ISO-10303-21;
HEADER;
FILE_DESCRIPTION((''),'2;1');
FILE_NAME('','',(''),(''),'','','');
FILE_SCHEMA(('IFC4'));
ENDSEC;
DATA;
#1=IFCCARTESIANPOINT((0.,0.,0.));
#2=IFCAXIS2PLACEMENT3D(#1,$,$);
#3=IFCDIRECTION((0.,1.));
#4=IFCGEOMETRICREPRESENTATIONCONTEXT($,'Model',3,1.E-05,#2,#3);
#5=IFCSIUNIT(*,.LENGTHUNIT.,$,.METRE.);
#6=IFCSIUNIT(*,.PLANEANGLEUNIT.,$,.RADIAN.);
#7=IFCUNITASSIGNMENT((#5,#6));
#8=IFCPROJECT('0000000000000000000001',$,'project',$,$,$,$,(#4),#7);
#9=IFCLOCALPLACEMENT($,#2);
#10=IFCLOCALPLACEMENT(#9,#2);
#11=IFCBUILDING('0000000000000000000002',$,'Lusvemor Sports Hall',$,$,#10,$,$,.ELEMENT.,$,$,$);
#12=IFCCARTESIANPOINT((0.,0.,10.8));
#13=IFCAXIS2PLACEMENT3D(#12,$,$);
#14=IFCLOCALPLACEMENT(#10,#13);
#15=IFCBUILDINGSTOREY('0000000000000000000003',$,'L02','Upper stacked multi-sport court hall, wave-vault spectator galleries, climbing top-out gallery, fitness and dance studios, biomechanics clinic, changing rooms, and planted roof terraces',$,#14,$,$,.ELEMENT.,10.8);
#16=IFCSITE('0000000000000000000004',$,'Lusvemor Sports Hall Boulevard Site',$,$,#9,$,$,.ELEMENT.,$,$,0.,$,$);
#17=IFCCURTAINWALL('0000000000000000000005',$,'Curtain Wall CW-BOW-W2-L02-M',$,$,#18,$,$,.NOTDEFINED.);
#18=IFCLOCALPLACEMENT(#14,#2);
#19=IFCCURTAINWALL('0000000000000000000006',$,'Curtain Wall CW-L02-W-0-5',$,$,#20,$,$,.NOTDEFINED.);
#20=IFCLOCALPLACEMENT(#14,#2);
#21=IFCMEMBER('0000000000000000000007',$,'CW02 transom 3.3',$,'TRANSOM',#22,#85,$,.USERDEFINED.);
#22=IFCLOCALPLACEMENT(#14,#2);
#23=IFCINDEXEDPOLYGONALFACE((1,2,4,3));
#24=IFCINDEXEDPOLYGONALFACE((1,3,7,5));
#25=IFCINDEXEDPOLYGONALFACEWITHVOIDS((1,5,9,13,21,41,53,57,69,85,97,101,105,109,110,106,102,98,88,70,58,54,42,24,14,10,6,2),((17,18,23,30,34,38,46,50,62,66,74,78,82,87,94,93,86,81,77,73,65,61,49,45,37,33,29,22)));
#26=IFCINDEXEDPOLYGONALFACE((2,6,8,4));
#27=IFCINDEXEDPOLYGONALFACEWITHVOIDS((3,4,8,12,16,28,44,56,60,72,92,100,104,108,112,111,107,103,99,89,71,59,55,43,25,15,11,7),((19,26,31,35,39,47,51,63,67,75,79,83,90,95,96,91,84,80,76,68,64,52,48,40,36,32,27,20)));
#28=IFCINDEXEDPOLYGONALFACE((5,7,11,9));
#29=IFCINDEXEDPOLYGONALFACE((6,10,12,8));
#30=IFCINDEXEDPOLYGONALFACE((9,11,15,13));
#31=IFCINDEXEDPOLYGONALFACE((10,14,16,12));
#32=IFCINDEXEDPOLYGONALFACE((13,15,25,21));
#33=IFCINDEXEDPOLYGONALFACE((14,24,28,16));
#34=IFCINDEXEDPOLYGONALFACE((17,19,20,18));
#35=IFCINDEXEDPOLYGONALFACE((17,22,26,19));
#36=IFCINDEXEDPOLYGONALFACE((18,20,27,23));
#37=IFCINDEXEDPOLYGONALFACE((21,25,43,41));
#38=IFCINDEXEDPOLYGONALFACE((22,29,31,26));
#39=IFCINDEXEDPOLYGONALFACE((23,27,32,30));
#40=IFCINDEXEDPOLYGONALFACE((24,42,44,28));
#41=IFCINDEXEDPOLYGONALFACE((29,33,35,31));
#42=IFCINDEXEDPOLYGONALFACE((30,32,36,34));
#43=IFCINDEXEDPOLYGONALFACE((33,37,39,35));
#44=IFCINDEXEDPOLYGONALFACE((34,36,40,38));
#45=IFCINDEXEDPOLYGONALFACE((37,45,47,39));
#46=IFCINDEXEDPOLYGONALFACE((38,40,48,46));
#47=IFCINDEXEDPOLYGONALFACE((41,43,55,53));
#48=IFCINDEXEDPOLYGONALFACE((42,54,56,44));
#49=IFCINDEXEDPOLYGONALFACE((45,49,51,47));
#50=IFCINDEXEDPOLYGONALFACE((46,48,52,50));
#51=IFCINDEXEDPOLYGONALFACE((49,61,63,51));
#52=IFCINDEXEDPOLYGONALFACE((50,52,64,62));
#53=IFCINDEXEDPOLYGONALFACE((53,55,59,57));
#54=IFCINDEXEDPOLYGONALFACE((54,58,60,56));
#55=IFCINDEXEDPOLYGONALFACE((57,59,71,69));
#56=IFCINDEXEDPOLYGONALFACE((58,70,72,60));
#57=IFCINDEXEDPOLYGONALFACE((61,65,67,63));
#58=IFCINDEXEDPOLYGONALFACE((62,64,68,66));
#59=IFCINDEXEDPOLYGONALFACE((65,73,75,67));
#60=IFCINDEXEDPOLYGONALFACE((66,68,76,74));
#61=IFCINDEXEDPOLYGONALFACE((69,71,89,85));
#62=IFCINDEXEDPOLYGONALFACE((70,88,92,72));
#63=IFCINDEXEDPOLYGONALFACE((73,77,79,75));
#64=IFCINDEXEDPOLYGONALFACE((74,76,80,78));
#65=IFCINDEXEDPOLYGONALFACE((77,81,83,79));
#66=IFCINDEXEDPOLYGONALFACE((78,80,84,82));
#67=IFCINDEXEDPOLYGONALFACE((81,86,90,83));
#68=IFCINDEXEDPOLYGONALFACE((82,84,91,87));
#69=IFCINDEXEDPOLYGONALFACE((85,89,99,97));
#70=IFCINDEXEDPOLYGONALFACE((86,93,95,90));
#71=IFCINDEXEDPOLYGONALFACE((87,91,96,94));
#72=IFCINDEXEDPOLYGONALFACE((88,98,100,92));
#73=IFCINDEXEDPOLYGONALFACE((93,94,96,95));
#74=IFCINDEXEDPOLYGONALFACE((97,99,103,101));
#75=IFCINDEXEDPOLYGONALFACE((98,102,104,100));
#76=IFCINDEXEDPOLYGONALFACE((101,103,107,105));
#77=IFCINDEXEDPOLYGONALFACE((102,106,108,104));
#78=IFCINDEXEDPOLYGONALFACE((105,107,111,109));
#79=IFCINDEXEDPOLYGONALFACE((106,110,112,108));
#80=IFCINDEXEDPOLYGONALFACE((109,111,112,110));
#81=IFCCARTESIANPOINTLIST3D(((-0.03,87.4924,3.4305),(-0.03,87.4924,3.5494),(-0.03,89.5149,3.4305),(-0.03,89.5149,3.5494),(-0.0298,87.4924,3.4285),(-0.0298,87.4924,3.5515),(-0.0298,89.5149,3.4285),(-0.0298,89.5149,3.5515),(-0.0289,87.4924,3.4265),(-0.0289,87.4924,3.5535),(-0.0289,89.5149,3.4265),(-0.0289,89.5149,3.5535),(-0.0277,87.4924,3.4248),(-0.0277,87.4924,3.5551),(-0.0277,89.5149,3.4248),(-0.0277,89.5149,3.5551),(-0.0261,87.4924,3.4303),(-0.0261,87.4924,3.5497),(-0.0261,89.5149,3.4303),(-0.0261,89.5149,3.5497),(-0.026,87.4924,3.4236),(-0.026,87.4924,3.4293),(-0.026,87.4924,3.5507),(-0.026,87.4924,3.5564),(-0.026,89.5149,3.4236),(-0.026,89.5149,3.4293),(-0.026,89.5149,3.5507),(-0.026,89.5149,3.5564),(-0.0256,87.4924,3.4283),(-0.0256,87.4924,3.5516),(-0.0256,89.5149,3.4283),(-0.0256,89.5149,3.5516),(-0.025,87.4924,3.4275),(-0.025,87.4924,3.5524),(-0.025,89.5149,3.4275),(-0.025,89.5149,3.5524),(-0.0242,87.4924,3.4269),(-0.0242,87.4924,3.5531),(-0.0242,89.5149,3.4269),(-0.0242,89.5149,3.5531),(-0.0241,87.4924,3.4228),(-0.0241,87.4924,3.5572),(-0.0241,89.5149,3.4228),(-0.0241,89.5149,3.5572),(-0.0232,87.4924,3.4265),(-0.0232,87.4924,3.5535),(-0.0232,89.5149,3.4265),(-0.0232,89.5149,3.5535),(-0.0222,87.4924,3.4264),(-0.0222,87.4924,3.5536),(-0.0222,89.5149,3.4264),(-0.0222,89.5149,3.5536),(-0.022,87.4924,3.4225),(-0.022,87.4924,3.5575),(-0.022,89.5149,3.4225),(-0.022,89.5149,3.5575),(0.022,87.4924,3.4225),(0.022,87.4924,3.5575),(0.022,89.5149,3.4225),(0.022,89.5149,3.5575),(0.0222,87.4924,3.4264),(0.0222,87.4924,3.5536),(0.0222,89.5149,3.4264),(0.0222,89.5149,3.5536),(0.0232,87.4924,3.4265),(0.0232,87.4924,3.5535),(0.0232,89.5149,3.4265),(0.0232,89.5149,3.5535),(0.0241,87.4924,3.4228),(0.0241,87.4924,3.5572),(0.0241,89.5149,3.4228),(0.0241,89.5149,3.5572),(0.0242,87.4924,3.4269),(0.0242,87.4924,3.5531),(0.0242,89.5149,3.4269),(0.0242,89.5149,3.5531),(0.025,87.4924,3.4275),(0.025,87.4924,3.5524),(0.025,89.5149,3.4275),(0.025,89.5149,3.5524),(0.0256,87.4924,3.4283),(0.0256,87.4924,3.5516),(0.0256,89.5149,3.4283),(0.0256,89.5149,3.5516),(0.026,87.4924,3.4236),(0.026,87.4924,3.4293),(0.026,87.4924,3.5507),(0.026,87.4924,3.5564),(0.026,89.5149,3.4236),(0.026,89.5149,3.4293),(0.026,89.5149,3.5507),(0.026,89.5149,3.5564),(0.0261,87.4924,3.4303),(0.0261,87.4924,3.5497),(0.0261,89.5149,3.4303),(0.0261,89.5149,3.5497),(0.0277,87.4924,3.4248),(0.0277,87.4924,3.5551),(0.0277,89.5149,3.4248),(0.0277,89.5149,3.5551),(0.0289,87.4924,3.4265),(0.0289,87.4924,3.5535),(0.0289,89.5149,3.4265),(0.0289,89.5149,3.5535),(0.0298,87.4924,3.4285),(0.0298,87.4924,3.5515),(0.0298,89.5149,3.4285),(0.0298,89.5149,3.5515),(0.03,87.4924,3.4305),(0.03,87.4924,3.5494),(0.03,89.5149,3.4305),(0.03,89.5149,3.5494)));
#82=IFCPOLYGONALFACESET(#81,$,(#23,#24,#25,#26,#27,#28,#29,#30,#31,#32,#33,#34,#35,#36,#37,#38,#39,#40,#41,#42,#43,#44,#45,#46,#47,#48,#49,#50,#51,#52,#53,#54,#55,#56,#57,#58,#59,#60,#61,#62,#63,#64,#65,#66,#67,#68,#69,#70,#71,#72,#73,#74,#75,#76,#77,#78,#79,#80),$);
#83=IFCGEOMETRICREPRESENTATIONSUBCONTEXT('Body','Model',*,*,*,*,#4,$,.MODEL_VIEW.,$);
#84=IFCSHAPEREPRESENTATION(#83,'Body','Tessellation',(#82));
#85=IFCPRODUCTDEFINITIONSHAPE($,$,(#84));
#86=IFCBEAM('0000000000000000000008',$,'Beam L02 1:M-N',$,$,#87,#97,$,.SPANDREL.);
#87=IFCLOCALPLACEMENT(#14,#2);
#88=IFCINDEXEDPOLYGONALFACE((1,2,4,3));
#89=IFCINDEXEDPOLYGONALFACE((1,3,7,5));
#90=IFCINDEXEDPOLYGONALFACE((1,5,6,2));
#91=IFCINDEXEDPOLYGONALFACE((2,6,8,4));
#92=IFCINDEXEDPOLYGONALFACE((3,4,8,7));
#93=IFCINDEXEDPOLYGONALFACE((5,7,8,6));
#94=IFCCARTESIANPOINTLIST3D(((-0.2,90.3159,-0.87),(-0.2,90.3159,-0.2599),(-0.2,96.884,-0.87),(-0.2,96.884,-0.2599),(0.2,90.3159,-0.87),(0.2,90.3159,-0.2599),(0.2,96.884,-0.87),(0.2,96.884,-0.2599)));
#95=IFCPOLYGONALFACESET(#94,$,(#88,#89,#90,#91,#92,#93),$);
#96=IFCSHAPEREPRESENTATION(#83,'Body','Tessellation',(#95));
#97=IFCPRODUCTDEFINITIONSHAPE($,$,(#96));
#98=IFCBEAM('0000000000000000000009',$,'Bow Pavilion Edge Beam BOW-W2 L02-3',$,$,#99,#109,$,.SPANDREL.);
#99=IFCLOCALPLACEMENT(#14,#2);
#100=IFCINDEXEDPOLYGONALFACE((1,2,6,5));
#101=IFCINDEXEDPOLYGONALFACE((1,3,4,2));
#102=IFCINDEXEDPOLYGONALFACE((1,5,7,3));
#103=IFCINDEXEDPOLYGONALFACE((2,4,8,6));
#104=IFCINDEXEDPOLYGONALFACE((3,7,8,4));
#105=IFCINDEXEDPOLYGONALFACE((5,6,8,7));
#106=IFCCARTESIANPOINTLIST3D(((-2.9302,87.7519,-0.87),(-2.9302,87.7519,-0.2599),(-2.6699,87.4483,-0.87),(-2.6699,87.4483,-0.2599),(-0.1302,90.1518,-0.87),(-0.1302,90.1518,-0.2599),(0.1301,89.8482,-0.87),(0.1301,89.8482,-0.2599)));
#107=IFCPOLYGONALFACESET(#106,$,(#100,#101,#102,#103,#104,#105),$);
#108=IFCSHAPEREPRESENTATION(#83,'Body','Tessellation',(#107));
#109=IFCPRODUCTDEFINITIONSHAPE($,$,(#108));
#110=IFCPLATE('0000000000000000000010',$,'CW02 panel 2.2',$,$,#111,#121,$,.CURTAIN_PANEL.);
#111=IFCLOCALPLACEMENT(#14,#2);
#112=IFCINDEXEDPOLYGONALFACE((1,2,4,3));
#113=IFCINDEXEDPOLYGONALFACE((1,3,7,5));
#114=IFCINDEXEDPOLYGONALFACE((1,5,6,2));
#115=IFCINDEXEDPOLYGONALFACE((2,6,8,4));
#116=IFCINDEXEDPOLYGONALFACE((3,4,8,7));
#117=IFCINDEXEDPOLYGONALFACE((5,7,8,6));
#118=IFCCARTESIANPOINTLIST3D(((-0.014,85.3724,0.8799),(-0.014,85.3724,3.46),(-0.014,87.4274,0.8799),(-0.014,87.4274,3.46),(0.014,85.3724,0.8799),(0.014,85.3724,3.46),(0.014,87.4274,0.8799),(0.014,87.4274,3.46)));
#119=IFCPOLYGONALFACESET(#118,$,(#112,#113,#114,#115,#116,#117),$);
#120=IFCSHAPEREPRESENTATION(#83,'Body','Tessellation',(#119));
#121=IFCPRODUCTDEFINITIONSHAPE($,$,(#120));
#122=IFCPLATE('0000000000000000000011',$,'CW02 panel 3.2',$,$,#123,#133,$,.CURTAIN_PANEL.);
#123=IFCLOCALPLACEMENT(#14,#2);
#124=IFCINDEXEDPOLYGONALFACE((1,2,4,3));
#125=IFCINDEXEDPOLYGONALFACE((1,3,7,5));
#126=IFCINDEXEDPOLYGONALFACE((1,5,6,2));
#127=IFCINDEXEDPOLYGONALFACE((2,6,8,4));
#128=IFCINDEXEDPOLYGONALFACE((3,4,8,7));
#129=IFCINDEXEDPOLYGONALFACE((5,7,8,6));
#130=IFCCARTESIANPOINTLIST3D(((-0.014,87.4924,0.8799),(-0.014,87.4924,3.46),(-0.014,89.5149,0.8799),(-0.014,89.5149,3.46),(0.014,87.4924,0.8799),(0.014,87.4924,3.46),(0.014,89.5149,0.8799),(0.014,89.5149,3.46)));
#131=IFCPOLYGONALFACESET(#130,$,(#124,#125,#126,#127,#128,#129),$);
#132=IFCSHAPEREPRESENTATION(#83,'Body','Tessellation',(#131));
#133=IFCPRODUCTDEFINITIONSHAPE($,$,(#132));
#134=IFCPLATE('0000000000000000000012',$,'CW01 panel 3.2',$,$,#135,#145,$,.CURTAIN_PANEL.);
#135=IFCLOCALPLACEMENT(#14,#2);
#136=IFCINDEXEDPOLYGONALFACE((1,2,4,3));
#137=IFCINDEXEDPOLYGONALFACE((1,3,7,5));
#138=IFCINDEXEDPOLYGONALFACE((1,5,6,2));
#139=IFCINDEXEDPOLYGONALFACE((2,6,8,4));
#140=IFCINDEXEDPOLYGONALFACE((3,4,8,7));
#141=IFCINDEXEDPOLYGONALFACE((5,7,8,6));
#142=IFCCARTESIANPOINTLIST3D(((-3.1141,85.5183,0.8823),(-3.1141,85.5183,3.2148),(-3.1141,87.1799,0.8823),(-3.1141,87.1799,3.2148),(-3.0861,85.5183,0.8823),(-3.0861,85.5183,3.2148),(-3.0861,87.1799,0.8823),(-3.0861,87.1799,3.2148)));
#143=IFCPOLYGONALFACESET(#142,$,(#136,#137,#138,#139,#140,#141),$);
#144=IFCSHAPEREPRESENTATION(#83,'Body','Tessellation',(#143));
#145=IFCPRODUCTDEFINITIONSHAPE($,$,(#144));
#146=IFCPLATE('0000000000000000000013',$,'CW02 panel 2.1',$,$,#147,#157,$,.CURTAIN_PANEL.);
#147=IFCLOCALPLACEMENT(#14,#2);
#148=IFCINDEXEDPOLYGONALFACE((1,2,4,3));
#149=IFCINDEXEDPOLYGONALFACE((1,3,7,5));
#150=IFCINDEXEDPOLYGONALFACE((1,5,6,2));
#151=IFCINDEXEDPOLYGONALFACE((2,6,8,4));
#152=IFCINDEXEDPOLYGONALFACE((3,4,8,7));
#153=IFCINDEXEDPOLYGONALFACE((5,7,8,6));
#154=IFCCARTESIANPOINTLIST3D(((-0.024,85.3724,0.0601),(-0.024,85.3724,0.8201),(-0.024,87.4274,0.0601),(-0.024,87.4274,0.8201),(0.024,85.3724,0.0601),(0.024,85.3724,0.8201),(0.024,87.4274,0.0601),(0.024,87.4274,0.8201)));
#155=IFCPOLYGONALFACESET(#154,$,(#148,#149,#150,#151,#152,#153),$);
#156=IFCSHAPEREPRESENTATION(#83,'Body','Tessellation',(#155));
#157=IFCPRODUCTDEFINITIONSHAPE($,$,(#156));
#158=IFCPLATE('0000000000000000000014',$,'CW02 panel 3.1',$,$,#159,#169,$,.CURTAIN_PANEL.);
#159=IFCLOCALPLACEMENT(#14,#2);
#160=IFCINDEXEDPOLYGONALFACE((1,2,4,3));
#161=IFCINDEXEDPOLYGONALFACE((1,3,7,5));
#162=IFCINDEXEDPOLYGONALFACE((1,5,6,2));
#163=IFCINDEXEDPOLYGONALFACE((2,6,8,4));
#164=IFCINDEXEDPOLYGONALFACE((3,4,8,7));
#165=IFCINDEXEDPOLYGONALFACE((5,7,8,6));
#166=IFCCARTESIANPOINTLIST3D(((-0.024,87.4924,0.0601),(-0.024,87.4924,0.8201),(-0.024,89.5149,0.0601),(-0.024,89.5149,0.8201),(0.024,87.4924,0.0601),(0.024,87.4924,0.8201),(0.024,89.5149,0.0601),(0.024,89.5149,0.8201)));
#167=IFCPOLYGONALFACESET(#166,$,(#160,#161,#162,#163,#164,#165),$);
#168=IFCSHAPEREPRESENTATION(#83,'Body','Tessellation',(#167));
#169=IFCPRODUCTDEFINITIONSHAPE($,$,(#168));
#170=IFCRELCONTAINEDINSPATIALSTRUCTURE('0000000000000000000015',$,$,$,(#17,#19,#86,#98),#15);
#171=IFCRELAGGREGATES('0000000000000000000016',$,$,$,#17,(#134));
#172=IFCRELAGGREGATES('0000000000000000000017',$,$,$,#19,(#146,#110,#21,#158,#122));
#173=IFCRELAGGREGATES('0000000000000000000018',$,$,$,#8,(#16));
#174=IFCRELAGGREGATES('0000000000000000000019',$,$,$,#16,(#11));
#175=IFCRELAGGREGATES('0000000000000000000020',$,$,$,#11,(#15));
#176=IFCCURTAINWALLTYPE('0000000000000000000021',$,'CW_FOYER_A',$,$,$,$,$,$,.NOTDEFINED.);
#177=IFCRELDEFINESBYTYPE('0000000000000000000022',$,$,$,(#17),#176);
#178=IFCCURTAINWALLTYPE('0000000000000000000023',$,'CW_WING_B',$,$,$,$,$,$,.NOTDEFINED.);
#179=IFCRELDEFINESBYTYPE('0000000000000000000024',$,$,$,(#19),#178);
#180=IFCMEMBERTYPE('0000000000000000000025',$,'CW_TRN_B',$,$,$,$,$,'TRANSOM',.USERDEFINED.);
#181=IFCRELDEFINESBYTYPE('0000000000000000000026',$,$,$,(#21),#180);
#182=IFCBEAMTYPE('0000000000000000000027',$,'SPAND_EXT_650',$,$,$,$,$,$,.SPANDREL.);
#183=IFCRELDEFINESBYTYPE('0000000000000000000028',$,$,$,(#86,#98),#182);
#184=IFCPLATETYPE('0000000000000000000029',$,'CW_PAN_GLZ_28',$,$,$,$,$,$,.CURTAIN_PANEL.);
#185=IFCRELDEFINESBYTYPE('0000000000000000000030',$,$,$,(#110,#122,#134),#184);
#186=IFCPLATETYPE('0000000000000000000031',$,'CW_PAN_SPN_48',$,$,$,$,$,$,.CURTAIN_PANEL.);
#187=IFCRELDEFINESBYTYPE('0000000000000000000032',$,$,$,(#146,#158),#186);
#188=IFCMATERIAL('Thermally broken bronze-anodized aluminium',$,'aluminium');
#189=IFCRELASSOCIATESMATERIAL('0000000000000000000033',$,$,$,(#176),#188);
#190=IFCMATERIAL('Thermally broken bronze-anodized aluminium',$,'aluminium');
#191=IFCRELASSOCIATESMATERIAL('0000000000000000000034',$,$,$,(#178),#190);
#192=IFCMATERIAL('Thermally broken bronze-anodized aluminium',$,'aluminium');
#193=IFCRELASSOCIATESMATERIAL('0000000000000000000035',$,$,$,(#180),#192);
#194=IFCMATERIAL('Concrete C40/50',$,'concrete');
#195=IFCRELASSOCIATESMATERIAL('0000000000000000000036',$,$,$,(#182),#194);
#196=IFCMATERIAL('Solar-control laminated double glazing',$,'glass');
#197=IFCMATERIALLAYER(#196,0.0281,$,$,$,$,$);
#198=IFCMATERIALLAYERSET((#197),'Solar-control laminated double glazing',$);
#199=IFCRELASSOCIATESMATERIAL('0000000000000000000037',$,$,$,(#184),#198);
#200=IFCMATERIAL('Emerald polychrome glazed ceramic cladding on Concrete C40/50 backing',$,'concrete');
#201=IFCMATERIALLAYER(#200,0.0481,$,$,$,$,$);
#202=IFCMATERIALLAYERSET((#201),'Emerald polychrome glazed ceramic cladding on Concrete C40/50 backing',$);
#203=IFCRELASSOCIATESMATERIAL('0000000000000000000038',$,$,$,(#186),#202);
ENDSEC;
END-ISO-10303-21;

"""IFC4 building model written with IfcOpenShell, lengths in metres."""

from ifc_helpers import new_model, si_unit, direction, frame, origin, origin_2d, place, context, subcontext, project, spatial, rectangle, hollow_rectangle, extrude, material, layer, layer_set, material_profile, profile_set, type_object, element, aggregate, save


model = new_model("IFC4")

# Units and contexts
model_context = context("Model", 3, precision=1e-05, world=origin(), true_north=direction((0.0, 1.0)))
body_context = subcontext(model_context, "Body", "Model", "MODEL_VIEW")
ifc_project = project(units=[si_unit("LENGTHUNIT", "METRE"), si_unit("PLANEANGLEUNIT", "RADIAN")], contexts=[model_context])

# Site, building, storey
site_placement = place(None, origin())
site = spatial("IfcSite", under=ifc_project, at=site_placement, Name="Lusvemor Sports Hall Boulevard Site", CompositionType="ELEMENT", RefElevation=0.0)
building_placement = place(site_placement, origin())
building = spatial("IfcBuilding", under=site, at=building_placement, Name="Lusvemor Sports Hall", CompositionType="ELEMENT")
storey_placement = place(building_placement, frame((0.0, 0.0, 10.8)))
storey = spatial("IfcBuildingStorey", under=building, at=storey_placement, Name="L02", Description="Upper stacked multi-sport court hall, wave-vault spectator galleries, climbing top-out gallery, fitness and dance studios, biomechanics clinic, changing rooms, and planted roof terraces", CompositionType="ELEMENT", Elevation=10.8)

# Curtain wall
ifc_material_1 = material(Name="Thermally broken bronze-anodized aluminium", Category="aluminium")
curtain_wall_type_1 = type_object("IfcCurtainWallType", Name="CW_FOYER_A", PredefinedType="NOTDEFINED", material=ifc_material_1)
curtain_wall_1_placement = place(storey_placement, origin())
curtain_wall_1 = element("IfcCurtainWall", 1, at=curtain_wall_1_placement, inside=storey, type_object=curtain_wall_type_1, Name="Curtain Wall CW-BOW-W2-L02-M", PredefinedType="NOTDEFINED")

# Curtain wall
ifc_material_2 = material(Name="Thermally broken bronze-anodized aluminium", Category="aluminium")
curtain_wall_type_2 = type_object("IfcCurtainWallType", Name="CW_WING_B", PredefinedType="NOTDEFINED", material=ifc_material_2)
curtain_wall_2_placement = place(storey_placement, origin())
curtain_wall_2 = element("IfcCurtainWall", 2, at=curtain_wall_2_placement, inside=storey, type_object=curtain_wall_type_2, Name="Curtain Wall CW-L02-W-0-5", PredefinedType="NOTDEFINED")

# Member
ifc_material_3 = material(Name="Thermally broken bronze-anodized aluminium", Category="aluminium")
ifc_material_profile_1 = material_profile(ifc_material_3, hollow_rectangle(XDim=0.0601, YDim=0.135, WallThickness=0.0039, InnerFilletRadius=0.0039, OuterFilletRadius=0.0081, at=origin_2d()), Name="CWTRN135x60x4")
ifc_profile_set_1 = profile_set([ifc_material_profile_1], Name="Thermally broken bronze-anodized aluminium")
member_type_1 = type_object("IfcMemberType", Name="CW_TRN_B", ElementType="TRANSOM", PredefinedType="USERDEFINED", material=ifc_profile_set_1)
member_1_placement = place(storey_placement, frame((0.0, 87.4924, 3.49), z_axis=(0.0, 1.0, 0.0), x_axis=(-1.0, 0.0, 0.0)))
member_1 = element("IfcMember", 3, at=member_1_placement, type_object=member_type_1, Name="CW02 transom 3.3", ObjectType="TRANSOM", PredefinedType="USERDEFINED", context=body_context, shape_type="SweptSolid", body=[
    extrude(hollow_rectangle(XDim=0.0601, YDim=0.135, WallThickness=0.0039, InnerFilletRadius=0.0039, OuterFilletRadius=0.0081, at=origin_2d()), origin(), (0.0, 0.0, 1.0), 2.0225),
])

# Beams
ifc_material_4 = material(Name="Concrete C40/50", Category="concrete")
ifc_material_profile_2 = material_profile(ifc_material_4, rectangle(XDim=0.3999, YDim=0.6101, at=origin_2d()), Name="RC400x610")
ifc_profile_set_2 = profile_set([ifc_material_profile_2], Name="Concrete C40/50")
beam_type = type_object("IfcBeamType", Name="SPAND_EXT_650", PredefinedType="SPANDREL", material=ifc_profile_set_2)
beam_1_placement = place(storey_placement, frame((0.0, 90.3159, -0.5649), z_axis=(0.0, 1.0, 0.0), x_axis=(-1.0, 0.0, 0.0)))
element("IfcBeam", 4, at=beam_1_placement, inside=storey, type_object=beam_type, Name="Beam L02 1:M-N", PredefinedType="SPANDREL", context=body_context, shape_type="SweptSolid", body=[
    extrude(rectangle(XDim=0.3999, YDim=0.6101, at=origin_2d()), origin(), (0.0, 0.0, 1.0), 6.5681),
])
beam_2_placement = place(storey_placement, frame((-2.8, 87.6001, -0.5649), z_axis=(0.759275, 0.65077, 0.0), x_axis=(-0.65077, 0.759275, 0.0)))
element("IfcBeam", 5, at=beam_2_placement, inside=storey, type_object=beam_type, Name="Bow Pavilion Edge Beam BOW-W2 L02-3", PredefinedType="SPANDREL", context=body_context, shape_type="SweptSolid", body=[
    extrude(rectangle(XDim=0.3999, YDim=0.6101, at=origin_2d()), origin(), (0.0, 0.0, 1.0), 3.6877),
])

# Plates
ifc_material_5 = material(Name="Solar-control laminated double glazing", Category="glass")
ifc_layer_1 = layer(ifc_material_5, 0.0281)
ifc_layer_set_1 = layer_set([ifc_layer_1], Name="Solar-control laminated double glazing")
plate_type_1 = type_object("IfcPlateType", Name="CW_PAN_GLZ_28", PredefinedType="CURTAIN_PANEL", material=ifc_layer_set_1)
plate_1_placement = place(storey_placement, frame((0.0, 86.3999, 0.8799), z_axis=(0.0, 0.0, 1.0), x_axis=(0.0, 1.0, 0.0)))
plate_1 = element("IfcPlate", 6, at=plate_1_placement, type_object=plate_type_1, Name="CW02 panel 2.2", PredefinedType="CURTAIN_PANEL", context=body_context, shape_type="SweptSolid", body=[
    extrude(rectangle(XDim=2.0549, YDim=0.0281, at=origin_2d()), origin(), (0.0, 0.0, 1.0), 2.5801),
])
plate_2_placement = place(storey_placement, frame((0.0, 88.5037, 0.8799), z_axis=(0.0, 0.0, 1.0), x_axis=(0.0, 1.0, 0.0)))
plate_2 = element("IfcPlate", 7, at=plate_2_placement, type_object=plate_type_1, Name="CW02 panel 3.2", PredefinedType="CURTAIN_PANEL", context=body_context, shape_type="SweptSolid", body=[
    extrude(rectangle(XDim=2.0225, YDim=0.0281, at=origin_2d()), origin(), (0.0, 0.0, 1.0), 2.5801),
])
plate_3_placement = place(storey_placement, frame((-3.1001, 86.3491, 0.8823), z_axis=(0.0, 0.0, 1.0), x_axis=(0.0, 1.0, 0.0)))
plate_3 = element("IfcPlate", 8, at=plate_3_placement, type_object=plate_type_1, Name="CW01 panel 3.2", PredefinedType="CURTAIN_PANEL", context=body_context, shape_type="SweptSolid", body=[
    extrude(rectangle(XDim=1.6616, YDim=0.0281, at=origin_2d()), origin(), (0.0, 0.0, 1.0), 2.3325),
])
aggregate(curtain_wall_1, [plate_3])
ifc_material_6 = material(Name="Emerald polychrome glazed ceramic cladding on Concrete C40/50 backing", Category="concrete")
ifc_layer_2 = layer(ifc_material_6, 0.0481)
ifc_layer_set_2 = layer_set([ifc_layer_2], Name="Emerald polychrome glazed ceramic cladding on Concrete C40/50 backing")
plate_type_2 = type_object("IfcPlateType", Name="CW_PAN_SPN_48", PredefinedType="CURTAIN_PANEL", material=ifc_layer_set_2)
plate_4_placement = place(storey_placement, frame((0.0, 86.3999, 0.0601), z_axis=(0.0, 0.0, 1.0), x_axis=(0.0, 1.0, 0.0)))
plate_4 = element("IfcPlate", 9, at=plate_4_placement, type_object=plate_type_2, Name="CW02 panel 2.1", PredefinedType="CURTAIN_PANEL", context=body_context, shape_type="SweptSolid", body=[
    extrude(rectangle(XDim=2.0549, YDim=0.0481, at=origin_2d()), origin(), (0.0, 0.0, 1.0), 0.76),
])
plate_5_placement = place(storey_placement, frame((0.0, 88.5037, 0.0601), z_axis=(0.0, 0.0, 1.0), x_axis=(0.0, 1.0, 0.0)))
plate_5 = element("IfcPlate", 10, at=plate_5_placement, type_object=plate_type_2, Name="CW02 panel 3.1", PredefinedType="CURTAIN_PANEL", context=body_context, shape_type="SweptSolid", body=[
    extrude(rectangle(XDim=2.0225, YDim=0.0481, at=origin_2d()), origin(), (0.0, 0.0, 1.0), 0.76),
])
aggregate(curtain_wall_2, [plate_4, plate_1, member_1, plate_5, plate_2])

save(model, "model.ifc")
